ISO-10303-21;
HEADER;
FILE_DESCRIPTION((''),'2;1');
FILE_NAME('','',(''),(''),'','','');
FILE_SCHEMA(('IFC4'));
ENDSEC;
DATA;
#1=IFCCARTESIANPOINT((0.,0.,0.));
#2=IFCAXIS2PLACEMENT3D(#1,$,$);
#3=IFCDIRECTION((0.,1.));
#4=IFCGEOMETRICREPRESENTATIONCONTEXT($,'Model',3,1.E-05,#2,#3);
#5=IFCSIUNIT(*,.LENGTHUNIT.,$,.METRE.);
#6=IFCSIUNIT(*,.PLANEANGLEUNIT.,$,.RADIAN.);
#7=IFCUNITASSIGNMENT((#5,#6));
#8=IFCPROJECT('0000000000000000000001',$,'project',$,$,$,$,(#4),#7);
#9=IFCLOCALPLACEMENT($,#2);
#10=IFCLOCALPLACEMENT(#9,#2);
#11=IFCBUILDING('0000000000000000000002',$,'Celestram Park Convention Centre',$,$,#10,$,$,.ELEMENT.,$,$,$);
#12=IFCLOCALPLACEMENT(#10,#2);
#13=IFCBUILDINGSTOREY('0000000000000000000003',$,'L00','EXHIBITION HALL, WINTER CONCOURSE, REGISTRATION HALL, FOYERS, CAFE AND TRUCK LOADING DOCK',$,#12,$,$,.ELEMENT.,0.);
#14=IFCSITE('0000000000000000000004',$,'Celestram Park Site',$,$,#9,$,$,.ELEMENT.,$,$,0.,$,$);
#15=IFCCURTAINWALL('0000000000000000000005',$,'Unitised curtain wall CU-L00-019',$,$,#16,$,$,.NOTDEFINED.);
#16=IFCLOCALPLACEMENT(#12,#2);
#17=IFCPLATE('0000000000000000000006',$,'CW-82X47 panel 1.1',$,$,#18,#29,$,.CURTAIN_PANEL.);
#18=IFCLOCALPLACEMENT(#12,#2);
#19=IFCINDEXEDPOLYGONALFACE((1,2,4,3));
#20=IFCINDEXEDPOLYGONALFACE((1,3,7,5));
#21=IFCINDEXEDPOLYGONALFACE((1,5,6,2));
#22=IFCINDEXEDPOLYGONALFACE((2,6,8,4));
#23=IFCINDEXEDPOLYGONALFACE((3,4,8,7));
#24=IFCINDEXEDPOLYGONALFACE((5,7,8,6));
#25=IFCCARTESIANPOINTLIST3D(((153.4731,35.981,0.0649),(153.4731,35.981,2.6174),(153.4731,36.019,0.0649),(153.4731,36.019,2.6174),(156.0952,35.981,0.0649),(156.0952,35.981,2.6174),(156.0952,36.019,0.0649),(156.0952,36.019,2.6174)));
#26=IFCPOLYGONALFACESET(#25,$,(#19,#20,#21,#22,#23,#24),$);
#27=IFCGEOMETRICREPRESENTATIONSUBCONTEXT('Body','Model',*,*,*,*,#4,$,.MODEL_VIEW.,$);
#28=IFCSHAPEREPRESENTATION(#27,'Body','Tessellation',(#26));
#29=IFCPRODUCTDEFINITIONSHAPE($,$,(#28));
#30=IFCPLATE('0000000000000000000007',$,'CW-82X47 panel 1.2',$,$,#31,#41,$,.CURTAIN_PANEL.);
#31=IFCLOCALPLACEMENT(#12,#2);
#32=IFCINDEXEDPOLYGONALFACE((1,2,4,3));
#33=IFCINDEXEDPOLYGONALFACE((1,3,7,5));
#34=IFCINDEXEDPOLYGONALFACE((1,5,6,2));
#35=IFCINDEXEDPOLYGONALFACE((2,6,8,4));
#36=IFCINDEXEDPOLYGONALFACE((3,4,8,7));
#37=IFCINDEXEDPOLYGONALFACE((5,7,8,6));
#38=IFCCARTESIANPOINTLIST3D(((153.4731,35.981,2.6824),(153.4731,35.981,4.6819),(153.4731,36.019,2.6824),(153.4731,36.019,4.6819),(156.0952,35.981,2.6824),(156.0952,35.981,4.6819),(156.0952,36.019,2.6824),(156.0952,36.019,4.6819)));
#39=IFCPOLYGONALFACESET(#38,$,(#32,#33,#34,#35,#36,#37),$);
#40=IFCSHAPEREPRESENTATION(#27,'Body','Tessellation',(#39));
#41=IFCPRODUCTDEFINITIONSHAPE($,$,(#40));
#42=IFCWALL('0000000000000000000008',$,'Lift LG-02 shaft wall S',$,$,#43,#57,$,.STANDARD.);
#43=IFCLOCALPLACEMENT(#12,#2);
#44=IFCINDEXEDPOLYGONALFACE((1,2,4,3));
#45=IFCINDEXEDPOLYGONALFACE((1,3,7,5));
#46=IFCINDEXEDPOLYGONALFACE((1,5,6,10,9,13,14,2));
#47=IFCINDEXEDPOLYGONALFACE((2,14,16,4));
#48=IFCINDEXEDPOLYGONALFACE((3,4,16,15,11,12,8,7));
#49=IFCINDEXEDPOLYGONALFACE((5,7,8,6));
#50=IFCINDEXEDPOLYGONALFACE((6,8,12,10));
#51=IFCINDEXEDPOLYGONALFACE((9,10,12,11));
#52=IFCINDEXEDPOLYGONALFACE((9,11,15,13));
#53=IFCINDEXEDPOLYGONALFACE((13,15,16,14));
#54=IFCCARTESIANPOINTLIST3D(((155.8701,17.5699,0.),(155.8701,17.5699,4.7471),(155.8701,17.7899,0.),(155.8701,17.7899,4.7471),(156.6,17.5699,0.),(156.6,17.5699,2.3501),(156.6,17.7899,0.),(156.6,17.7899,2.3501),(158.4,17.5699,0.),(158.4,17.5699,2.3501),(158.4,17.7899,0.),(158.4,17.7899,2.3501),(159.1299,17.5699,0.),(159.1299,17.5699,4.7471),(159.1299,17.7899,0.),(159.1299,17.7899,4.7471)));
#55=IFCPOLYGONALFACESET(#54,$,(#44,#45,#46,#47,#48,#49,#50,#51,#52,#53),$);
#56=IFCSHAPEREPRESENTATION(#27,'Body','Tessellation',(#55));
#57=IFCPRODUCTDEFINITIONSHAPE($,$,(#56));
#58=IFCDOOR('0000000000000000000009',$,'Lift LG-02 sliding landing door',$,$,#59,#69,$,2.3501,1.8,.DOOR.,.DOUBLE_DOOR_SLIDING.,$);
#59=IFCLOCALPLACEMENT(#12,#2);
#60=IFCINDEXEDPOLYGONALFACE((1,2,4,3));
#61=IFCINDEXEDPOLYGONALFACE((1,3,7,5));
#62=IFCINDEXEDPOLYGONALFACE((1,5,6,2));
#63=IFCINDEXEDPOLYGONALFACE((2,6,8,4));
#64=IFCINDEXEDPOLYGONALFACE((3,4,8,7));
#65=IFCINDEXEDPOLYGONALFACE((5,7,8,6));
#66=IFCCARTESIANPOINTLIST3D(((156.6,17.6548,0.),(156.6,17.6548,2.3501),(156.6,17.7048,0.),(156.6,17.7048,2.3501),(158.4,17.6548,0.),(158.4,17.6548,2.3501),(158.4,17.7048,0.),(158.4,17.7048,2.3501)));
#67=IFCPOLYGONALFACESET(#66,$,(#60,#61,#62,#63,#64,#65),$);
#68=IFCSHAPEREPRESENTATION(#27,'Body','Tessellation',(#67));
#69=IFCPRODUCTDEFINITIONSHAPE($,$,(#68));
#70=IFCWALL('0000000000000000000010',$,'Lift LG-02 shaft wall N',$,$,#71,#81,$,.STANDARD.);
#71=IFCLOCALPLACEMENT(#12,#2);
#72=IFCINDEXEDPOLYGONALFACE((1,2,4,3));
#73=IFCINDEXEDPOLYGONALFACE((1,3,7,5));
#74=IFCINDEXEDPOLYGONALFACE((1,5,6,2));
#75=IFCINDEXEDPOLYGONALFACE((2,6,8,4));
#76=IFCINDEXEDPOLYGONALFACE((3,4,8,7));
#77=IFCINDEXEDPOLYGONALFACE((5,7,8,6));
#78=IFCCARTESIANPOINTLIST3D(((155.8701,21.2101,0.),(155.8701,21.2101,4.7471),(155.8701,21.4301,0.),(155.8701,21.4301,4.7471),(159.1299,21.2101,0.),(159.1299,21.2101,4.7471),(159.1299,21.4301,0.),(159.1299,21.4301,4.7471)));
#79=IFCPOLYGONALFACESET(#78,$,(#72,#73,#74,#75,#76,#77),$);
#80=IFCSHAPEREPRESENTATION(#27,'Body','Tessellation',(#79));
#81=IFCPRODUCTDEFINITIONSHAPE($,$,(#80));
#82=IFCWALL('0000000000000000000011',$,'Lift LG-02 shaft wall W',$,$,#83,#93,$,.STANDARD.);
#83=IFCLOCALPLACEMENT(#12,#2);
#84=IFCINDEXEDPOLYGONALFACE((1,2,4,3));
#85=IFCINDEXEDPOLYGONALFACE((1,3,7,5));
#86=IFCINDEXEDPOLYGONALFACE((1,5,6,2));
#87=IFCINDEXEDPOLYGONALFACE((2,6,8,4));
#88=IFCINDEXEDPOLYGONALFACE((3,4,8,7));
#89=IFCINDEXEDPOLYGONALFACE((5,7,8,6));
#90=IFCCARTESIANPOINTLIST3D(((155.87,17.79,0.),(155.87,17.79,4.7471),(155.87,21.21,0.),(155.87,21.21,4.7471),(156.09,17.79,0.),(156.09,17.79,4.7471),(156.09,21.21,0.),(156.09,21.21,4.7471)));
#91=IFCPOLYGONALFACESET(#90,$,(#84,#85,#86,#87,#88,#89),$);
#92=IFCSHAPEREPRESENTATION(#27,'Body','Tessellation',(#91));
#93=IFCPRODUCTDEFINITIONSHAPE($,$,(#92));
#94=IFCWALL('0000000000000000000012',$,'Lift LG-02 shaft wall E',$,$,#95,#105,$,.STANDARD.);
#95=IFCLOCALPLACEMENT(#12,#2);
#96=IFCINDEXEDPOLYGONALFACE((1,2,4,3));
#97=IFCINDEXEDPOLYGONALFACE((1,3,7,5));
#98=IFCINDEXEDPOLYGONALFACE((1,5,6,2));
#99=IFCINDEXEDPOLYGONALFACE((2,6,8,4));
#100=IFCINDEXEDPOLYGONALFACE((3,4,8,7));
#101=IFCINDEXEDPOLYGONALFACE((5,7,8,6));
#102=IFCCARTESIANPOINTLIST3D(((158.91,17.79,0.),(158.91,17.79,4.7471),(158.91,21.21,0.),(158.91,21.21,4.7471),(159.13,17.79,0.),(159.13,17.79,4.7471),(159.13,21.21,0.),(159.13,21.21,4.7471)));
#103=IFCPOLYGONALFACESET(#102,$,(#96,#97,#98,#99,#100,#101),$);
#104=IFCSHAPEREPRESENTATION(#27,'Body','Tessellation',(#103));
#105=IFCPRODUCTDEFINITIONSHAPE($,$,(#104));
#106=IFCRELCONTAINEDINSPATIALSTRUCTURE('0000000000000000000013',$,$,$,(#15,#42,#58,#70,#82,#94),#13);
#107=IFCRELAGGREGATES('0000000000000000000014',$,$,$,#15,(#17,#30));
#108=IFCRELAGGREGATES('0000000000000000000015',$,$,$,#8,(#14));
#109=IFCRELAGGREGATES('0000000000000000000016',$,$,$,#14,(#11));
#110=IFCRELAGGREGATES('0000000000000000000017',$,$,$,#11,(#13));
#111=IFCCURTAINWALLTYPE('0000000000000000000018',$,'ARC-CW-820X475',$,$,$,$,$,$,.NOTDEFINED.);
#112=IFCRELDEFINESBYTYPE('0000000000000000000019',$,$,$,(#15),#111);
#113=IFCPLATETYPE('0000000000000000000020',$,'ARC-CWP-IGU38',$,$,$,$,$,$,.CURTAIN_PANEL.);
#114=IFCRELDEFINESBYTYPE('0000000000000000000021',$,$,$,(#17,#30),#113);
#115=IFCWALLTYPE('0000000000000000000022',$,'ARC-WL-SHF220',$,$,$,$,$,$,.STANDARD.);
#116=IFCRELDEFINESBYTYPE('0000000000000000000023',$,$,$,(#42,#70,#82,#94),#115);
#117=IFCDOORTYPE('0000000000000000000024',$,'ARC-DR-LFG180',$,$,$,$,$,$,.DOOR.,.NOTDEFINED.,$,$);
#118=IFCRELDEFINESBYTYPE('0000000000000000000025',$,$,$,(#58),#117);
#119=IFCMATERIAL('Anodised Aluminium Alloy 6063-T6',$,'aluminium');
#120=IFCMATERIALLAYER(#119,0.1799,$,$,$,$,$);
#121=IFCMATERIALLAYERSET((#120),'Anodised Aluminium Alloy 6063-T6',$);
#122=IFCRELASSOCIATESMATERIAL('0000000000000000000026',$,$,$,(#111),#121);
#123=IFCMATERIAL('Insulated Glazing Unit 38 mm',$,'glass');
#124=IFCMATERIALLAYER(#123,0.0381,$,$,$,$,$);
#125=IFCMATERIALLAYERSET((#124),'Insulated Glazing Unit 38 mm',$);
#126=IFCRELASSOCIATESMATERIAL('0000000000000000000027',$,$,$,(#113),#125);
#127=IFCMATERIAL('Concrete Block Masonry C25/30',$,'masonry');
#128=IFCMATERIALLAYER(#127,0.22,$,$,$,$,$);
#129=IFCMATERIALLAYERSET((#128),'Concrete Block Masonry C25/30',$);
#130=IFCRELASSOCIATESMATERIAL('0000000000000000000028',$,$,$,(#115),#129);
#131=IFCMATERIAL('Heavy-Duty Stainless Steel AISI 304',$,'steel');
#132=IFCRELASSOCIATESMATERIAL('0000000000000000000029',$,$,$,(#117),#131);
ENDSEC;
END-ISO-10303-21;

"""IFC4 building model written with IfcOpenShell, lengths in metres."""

from ifc_helpers import new_model, si_unit, direction, frame, frame_2d, origin, origin_2d, place, context, subcontext, project, spatial, rectangle, extrude, material, layer, layer_set, type_object, element, fill, aggregate, save


model = new_model("IFC4")

# Units and contexts
model_context = context("Model", 3, precision=1e-05, world=origin(), true_north=direction((0.0, 1.0)))
body_context = subcontext(model_context, "Body", "Model", "MODEL_VIEW")
ifc_project = project(units=[si_unit("LENGTHUNIT", "METRE"), si_unit("PLANEANGLEUNIT", "RADIAN")], contexts=[model_context])

# Site, building, storey
site_placement = place(None, origin())
site = spatial("IfcSite", under=ifc_project, at=site_placement, Name="Celestram Park Site", CompositionType="ELEMENT", RefElevation=0.0)
building_placement = place(site_placement, origin())
building = spatial("IfcBuilding", under=site, at=building_placement, Name="Celestram Park Convention Centre", CompositionType="ELEMENT")
storey_placement = place(building_placement, origin())
storey = spatial("IfcBuildingStorey", under=building, at=storey_placement, Name="L00", Description="EXHIBITION HALL, WINTER CONCOURSE, REGISTRATION HALL, FOYERS, CAFE AND TRUCK LOADING DOCK", CompositionType="ELEMENT", Elevation=0.0)

# Curtain wall
ifc_material_1 = material(Name="Anodised Aluminium Alloy 6063-T6", Category="aluminium")
ifc_layer_1 = layer(ifc_material_1, 0.1799)
ifc_layer_set_1 = layer_set([ifc_layer_1], Name="Anodised Aluminium Alloy 6063-T6")
curtain_wall_type = type_object("IfcCurtainWallType", Name="ARC-CW-820X475", PredefinedType="NOTDEFINED", material=ifc_layer_set_1)
curtain_wall_placement = place(storey_placement, origin())
curtain_wall = element("IfcCurtainWall", 1, at=curtain_wall_placement, inside=storey, type_object=curtain_wall_type, Name="Unitised curtain wall CU-L00-019", PredefinedType="NOTDEFINED")

# Plates
ifc_material_2 = material(Name="Insulated Glazing Unit 38 mm", Category="glass")
ifc_layer_2 = layer(ifc_material_2, 0.0381)
ifc_layer_set_2 = layer_set([ifc_layer_2], Name="Insulated Glazing Unit 38 mm")
plate_type = type_object("IfcPlateType", Name="ARC-CWP-IGU38", PredefinedType="CURTAIN_PANEL", material=ifc_layer_set_2)
plate_1_placement = place(storey_placement, frame((154.7842, 36.0, 0.0649), z_axis=(0.0, 0.0, 1.0), x_axis=(1.0, 0.0, 0.0)))
plate_1 = element("IfcPlate", 2, at=plate_1_placement, type_object=plate_type, Name="CW-82X47 panel 1.1", PredefinedType="CURTAIN_PANEL", context=body_context, shape_type="SweptSolid", body=[
    extrude(rectangle(XDim=2.6221, YDim=0.0381, at=origin_2d()), origin(), (0.0, 0.0, 1.0), 2.5525),
])
plate_2_placement = place(storey_placement, frame((154.7842, 36.0, 2.6824), z_axis=(0.0, 0.0, 1.0), x_axis=(1.0, 0.0, 0.0)))
plate_2 = element("IfcPlate", 3, at=plate_2_placement, type_object=plate_type, Name="CW-82X47 panel 1.2", PredefinedType="CURTAIN_PANEL", context=body_context, shape_type="SweptSolid", body=[
    extrude(rectangle(XDim=2.6221, YDim=0.0381, at=origin_2d()), origin(), (0.0, 0.0, 1.0), 1.9995),
])
aggregate(curtain_wall, [plate_1, plate_2])

# Wall, opening, door
ifc_material_3 = material(Name="Concrete Block Masonry C25/30", Category="masonry")
ifc_layer_3 = layer(ifc_material_3, 0.22)
ifc_layer_set_3 = layer_set([ifc_layer_3], Name="Concrete Block Masonry C25/30")
wall_type = type_object("IfcWallType", Name="ARC-WL-SHF220", PredefinedType="STANDARD", material=ifc_layer_set_3)
wall_1_placement = place(storey_placement, frame((155.8701, 17.6799, 0.0), z_axis=(0.0, 0.0, 1.0), x_axis=(1.0, 0.0, 0.0)))
wall_1 = element("IfcWall", 4, at=wall_1_placement, inside=storey, type_object=wall_type, Name="Lift LG-02 shaft wall S", PredefinedType="STANDARD", context=body_context, shape_type="SweptSolid", body=[
    extrude(rectangle(XDim=3.2598, YDim=0.22, at=frame_2d((1.6299, 0.0))), origin(), (0.0, 0.0, 1.0), 4.7471),
])
opening_placement = place(wall_1_placement, frame((0.73, 0.0, 0.0)))
opening = element("IfcOpeningElement", 5, at=opening_placement, cuts=wall_1, PredefinedType="OPENING", context=body_context, shape_type="SweptSolid", body=[
    extrude(rectangle(XDim=1.8, YDim=2.3501, at=frame_2d((0.8999, 1.175))), frame((0.0, 0.1199, 0.0), z_axis=(0.0, -1.0, 0.0), x_axis=(1.0, 0.0, 0.0)), (0.0, 0.0, 1.0), 0.24),
])
ifc_material_4 = material(Name="Heavy-Duty Stainless Steel AISI 304", Category="steel")
door_type = type_object("IfcDoorType", Name="ARC-DR-LFG180", OperationType="NOTDEFINED", PredefinedType="DOOR", material=ifc_material_4)
door_placement = place(opening_placement, origin())
door = element("IfcDoor", 6, at=door_placement, inside=storey, type_object=door_type, Name="Lift LG-02 sliding landing door", OperationType="DOUBLE_DOOR_SLIDING", OverallHeight=2.3501, OverallWidth=1.8, PredefinedType="DOOR", context=body_context, shape_type="SweptSolid", body=[
    extrude(rectangle(XDim=1.8, YDim=2.3501, at=frame_2d((0.8999, 1.175))), frame((0.0, 0.0249, 0.0), z_axis=(0.0, -1.0, 0.0), x_axis=(1.0, 0.0, 0.0)), (0.0, 0.0, 1.0), 0.05),
])
fill(opening, door)

# Walls
wall_2_placement = place(storey_placement, frame((159.1299, 21.3201, 0.0), z_axis=(0.0, 0.0, 1.0), x_axis=(-1.0, 0.0, 0.0)))
element("IfcWall", 7, at=wall_2_placement, inside=storey, type_object=wall_type, Name="Lift LG-02 shaft wall N", PredefinedType="STANDARD", context=body_context, shape_type="SweptSolid", body=[
    extrude(rectangle(XDim=3.2598, YDim=0.22, at=frame_2d((1.6299, 0.0))), origin(), (0.0, 0.0, 1.0), 4.7471),
])
for number, where, z_axis, x_axis, name in (
    (8, (155.98, 21.21, 0.0), (0.0, 0.0, 1.0), (0.0, -1.0, 0.0), "Lift LG-02 shaft wall W"),
    (9, (159.02, 17.79, 0.0), (0.0, 0.0, 1.0), (0.0, 1.0, 0.0), "Lift LG-02 shaft wall E"),
):
    element("IfcWall", number, at=place(storey_placement, frame(where, z_axis=z_axis, x_axis=x_axis)), inside=storey, type_object=wall_type, Name=name, PredefinedType="STANDARD", context=body_context, shape_type="SweptSolid", body=[
        extrude(rectangle(XDim=3.4199, YDim=0.22, at=frame_2d((1.71, 0.0))), origin(), (0.0, 0.0, 1.0), 4.7471),
    ])

save(model, "model.ifc")
